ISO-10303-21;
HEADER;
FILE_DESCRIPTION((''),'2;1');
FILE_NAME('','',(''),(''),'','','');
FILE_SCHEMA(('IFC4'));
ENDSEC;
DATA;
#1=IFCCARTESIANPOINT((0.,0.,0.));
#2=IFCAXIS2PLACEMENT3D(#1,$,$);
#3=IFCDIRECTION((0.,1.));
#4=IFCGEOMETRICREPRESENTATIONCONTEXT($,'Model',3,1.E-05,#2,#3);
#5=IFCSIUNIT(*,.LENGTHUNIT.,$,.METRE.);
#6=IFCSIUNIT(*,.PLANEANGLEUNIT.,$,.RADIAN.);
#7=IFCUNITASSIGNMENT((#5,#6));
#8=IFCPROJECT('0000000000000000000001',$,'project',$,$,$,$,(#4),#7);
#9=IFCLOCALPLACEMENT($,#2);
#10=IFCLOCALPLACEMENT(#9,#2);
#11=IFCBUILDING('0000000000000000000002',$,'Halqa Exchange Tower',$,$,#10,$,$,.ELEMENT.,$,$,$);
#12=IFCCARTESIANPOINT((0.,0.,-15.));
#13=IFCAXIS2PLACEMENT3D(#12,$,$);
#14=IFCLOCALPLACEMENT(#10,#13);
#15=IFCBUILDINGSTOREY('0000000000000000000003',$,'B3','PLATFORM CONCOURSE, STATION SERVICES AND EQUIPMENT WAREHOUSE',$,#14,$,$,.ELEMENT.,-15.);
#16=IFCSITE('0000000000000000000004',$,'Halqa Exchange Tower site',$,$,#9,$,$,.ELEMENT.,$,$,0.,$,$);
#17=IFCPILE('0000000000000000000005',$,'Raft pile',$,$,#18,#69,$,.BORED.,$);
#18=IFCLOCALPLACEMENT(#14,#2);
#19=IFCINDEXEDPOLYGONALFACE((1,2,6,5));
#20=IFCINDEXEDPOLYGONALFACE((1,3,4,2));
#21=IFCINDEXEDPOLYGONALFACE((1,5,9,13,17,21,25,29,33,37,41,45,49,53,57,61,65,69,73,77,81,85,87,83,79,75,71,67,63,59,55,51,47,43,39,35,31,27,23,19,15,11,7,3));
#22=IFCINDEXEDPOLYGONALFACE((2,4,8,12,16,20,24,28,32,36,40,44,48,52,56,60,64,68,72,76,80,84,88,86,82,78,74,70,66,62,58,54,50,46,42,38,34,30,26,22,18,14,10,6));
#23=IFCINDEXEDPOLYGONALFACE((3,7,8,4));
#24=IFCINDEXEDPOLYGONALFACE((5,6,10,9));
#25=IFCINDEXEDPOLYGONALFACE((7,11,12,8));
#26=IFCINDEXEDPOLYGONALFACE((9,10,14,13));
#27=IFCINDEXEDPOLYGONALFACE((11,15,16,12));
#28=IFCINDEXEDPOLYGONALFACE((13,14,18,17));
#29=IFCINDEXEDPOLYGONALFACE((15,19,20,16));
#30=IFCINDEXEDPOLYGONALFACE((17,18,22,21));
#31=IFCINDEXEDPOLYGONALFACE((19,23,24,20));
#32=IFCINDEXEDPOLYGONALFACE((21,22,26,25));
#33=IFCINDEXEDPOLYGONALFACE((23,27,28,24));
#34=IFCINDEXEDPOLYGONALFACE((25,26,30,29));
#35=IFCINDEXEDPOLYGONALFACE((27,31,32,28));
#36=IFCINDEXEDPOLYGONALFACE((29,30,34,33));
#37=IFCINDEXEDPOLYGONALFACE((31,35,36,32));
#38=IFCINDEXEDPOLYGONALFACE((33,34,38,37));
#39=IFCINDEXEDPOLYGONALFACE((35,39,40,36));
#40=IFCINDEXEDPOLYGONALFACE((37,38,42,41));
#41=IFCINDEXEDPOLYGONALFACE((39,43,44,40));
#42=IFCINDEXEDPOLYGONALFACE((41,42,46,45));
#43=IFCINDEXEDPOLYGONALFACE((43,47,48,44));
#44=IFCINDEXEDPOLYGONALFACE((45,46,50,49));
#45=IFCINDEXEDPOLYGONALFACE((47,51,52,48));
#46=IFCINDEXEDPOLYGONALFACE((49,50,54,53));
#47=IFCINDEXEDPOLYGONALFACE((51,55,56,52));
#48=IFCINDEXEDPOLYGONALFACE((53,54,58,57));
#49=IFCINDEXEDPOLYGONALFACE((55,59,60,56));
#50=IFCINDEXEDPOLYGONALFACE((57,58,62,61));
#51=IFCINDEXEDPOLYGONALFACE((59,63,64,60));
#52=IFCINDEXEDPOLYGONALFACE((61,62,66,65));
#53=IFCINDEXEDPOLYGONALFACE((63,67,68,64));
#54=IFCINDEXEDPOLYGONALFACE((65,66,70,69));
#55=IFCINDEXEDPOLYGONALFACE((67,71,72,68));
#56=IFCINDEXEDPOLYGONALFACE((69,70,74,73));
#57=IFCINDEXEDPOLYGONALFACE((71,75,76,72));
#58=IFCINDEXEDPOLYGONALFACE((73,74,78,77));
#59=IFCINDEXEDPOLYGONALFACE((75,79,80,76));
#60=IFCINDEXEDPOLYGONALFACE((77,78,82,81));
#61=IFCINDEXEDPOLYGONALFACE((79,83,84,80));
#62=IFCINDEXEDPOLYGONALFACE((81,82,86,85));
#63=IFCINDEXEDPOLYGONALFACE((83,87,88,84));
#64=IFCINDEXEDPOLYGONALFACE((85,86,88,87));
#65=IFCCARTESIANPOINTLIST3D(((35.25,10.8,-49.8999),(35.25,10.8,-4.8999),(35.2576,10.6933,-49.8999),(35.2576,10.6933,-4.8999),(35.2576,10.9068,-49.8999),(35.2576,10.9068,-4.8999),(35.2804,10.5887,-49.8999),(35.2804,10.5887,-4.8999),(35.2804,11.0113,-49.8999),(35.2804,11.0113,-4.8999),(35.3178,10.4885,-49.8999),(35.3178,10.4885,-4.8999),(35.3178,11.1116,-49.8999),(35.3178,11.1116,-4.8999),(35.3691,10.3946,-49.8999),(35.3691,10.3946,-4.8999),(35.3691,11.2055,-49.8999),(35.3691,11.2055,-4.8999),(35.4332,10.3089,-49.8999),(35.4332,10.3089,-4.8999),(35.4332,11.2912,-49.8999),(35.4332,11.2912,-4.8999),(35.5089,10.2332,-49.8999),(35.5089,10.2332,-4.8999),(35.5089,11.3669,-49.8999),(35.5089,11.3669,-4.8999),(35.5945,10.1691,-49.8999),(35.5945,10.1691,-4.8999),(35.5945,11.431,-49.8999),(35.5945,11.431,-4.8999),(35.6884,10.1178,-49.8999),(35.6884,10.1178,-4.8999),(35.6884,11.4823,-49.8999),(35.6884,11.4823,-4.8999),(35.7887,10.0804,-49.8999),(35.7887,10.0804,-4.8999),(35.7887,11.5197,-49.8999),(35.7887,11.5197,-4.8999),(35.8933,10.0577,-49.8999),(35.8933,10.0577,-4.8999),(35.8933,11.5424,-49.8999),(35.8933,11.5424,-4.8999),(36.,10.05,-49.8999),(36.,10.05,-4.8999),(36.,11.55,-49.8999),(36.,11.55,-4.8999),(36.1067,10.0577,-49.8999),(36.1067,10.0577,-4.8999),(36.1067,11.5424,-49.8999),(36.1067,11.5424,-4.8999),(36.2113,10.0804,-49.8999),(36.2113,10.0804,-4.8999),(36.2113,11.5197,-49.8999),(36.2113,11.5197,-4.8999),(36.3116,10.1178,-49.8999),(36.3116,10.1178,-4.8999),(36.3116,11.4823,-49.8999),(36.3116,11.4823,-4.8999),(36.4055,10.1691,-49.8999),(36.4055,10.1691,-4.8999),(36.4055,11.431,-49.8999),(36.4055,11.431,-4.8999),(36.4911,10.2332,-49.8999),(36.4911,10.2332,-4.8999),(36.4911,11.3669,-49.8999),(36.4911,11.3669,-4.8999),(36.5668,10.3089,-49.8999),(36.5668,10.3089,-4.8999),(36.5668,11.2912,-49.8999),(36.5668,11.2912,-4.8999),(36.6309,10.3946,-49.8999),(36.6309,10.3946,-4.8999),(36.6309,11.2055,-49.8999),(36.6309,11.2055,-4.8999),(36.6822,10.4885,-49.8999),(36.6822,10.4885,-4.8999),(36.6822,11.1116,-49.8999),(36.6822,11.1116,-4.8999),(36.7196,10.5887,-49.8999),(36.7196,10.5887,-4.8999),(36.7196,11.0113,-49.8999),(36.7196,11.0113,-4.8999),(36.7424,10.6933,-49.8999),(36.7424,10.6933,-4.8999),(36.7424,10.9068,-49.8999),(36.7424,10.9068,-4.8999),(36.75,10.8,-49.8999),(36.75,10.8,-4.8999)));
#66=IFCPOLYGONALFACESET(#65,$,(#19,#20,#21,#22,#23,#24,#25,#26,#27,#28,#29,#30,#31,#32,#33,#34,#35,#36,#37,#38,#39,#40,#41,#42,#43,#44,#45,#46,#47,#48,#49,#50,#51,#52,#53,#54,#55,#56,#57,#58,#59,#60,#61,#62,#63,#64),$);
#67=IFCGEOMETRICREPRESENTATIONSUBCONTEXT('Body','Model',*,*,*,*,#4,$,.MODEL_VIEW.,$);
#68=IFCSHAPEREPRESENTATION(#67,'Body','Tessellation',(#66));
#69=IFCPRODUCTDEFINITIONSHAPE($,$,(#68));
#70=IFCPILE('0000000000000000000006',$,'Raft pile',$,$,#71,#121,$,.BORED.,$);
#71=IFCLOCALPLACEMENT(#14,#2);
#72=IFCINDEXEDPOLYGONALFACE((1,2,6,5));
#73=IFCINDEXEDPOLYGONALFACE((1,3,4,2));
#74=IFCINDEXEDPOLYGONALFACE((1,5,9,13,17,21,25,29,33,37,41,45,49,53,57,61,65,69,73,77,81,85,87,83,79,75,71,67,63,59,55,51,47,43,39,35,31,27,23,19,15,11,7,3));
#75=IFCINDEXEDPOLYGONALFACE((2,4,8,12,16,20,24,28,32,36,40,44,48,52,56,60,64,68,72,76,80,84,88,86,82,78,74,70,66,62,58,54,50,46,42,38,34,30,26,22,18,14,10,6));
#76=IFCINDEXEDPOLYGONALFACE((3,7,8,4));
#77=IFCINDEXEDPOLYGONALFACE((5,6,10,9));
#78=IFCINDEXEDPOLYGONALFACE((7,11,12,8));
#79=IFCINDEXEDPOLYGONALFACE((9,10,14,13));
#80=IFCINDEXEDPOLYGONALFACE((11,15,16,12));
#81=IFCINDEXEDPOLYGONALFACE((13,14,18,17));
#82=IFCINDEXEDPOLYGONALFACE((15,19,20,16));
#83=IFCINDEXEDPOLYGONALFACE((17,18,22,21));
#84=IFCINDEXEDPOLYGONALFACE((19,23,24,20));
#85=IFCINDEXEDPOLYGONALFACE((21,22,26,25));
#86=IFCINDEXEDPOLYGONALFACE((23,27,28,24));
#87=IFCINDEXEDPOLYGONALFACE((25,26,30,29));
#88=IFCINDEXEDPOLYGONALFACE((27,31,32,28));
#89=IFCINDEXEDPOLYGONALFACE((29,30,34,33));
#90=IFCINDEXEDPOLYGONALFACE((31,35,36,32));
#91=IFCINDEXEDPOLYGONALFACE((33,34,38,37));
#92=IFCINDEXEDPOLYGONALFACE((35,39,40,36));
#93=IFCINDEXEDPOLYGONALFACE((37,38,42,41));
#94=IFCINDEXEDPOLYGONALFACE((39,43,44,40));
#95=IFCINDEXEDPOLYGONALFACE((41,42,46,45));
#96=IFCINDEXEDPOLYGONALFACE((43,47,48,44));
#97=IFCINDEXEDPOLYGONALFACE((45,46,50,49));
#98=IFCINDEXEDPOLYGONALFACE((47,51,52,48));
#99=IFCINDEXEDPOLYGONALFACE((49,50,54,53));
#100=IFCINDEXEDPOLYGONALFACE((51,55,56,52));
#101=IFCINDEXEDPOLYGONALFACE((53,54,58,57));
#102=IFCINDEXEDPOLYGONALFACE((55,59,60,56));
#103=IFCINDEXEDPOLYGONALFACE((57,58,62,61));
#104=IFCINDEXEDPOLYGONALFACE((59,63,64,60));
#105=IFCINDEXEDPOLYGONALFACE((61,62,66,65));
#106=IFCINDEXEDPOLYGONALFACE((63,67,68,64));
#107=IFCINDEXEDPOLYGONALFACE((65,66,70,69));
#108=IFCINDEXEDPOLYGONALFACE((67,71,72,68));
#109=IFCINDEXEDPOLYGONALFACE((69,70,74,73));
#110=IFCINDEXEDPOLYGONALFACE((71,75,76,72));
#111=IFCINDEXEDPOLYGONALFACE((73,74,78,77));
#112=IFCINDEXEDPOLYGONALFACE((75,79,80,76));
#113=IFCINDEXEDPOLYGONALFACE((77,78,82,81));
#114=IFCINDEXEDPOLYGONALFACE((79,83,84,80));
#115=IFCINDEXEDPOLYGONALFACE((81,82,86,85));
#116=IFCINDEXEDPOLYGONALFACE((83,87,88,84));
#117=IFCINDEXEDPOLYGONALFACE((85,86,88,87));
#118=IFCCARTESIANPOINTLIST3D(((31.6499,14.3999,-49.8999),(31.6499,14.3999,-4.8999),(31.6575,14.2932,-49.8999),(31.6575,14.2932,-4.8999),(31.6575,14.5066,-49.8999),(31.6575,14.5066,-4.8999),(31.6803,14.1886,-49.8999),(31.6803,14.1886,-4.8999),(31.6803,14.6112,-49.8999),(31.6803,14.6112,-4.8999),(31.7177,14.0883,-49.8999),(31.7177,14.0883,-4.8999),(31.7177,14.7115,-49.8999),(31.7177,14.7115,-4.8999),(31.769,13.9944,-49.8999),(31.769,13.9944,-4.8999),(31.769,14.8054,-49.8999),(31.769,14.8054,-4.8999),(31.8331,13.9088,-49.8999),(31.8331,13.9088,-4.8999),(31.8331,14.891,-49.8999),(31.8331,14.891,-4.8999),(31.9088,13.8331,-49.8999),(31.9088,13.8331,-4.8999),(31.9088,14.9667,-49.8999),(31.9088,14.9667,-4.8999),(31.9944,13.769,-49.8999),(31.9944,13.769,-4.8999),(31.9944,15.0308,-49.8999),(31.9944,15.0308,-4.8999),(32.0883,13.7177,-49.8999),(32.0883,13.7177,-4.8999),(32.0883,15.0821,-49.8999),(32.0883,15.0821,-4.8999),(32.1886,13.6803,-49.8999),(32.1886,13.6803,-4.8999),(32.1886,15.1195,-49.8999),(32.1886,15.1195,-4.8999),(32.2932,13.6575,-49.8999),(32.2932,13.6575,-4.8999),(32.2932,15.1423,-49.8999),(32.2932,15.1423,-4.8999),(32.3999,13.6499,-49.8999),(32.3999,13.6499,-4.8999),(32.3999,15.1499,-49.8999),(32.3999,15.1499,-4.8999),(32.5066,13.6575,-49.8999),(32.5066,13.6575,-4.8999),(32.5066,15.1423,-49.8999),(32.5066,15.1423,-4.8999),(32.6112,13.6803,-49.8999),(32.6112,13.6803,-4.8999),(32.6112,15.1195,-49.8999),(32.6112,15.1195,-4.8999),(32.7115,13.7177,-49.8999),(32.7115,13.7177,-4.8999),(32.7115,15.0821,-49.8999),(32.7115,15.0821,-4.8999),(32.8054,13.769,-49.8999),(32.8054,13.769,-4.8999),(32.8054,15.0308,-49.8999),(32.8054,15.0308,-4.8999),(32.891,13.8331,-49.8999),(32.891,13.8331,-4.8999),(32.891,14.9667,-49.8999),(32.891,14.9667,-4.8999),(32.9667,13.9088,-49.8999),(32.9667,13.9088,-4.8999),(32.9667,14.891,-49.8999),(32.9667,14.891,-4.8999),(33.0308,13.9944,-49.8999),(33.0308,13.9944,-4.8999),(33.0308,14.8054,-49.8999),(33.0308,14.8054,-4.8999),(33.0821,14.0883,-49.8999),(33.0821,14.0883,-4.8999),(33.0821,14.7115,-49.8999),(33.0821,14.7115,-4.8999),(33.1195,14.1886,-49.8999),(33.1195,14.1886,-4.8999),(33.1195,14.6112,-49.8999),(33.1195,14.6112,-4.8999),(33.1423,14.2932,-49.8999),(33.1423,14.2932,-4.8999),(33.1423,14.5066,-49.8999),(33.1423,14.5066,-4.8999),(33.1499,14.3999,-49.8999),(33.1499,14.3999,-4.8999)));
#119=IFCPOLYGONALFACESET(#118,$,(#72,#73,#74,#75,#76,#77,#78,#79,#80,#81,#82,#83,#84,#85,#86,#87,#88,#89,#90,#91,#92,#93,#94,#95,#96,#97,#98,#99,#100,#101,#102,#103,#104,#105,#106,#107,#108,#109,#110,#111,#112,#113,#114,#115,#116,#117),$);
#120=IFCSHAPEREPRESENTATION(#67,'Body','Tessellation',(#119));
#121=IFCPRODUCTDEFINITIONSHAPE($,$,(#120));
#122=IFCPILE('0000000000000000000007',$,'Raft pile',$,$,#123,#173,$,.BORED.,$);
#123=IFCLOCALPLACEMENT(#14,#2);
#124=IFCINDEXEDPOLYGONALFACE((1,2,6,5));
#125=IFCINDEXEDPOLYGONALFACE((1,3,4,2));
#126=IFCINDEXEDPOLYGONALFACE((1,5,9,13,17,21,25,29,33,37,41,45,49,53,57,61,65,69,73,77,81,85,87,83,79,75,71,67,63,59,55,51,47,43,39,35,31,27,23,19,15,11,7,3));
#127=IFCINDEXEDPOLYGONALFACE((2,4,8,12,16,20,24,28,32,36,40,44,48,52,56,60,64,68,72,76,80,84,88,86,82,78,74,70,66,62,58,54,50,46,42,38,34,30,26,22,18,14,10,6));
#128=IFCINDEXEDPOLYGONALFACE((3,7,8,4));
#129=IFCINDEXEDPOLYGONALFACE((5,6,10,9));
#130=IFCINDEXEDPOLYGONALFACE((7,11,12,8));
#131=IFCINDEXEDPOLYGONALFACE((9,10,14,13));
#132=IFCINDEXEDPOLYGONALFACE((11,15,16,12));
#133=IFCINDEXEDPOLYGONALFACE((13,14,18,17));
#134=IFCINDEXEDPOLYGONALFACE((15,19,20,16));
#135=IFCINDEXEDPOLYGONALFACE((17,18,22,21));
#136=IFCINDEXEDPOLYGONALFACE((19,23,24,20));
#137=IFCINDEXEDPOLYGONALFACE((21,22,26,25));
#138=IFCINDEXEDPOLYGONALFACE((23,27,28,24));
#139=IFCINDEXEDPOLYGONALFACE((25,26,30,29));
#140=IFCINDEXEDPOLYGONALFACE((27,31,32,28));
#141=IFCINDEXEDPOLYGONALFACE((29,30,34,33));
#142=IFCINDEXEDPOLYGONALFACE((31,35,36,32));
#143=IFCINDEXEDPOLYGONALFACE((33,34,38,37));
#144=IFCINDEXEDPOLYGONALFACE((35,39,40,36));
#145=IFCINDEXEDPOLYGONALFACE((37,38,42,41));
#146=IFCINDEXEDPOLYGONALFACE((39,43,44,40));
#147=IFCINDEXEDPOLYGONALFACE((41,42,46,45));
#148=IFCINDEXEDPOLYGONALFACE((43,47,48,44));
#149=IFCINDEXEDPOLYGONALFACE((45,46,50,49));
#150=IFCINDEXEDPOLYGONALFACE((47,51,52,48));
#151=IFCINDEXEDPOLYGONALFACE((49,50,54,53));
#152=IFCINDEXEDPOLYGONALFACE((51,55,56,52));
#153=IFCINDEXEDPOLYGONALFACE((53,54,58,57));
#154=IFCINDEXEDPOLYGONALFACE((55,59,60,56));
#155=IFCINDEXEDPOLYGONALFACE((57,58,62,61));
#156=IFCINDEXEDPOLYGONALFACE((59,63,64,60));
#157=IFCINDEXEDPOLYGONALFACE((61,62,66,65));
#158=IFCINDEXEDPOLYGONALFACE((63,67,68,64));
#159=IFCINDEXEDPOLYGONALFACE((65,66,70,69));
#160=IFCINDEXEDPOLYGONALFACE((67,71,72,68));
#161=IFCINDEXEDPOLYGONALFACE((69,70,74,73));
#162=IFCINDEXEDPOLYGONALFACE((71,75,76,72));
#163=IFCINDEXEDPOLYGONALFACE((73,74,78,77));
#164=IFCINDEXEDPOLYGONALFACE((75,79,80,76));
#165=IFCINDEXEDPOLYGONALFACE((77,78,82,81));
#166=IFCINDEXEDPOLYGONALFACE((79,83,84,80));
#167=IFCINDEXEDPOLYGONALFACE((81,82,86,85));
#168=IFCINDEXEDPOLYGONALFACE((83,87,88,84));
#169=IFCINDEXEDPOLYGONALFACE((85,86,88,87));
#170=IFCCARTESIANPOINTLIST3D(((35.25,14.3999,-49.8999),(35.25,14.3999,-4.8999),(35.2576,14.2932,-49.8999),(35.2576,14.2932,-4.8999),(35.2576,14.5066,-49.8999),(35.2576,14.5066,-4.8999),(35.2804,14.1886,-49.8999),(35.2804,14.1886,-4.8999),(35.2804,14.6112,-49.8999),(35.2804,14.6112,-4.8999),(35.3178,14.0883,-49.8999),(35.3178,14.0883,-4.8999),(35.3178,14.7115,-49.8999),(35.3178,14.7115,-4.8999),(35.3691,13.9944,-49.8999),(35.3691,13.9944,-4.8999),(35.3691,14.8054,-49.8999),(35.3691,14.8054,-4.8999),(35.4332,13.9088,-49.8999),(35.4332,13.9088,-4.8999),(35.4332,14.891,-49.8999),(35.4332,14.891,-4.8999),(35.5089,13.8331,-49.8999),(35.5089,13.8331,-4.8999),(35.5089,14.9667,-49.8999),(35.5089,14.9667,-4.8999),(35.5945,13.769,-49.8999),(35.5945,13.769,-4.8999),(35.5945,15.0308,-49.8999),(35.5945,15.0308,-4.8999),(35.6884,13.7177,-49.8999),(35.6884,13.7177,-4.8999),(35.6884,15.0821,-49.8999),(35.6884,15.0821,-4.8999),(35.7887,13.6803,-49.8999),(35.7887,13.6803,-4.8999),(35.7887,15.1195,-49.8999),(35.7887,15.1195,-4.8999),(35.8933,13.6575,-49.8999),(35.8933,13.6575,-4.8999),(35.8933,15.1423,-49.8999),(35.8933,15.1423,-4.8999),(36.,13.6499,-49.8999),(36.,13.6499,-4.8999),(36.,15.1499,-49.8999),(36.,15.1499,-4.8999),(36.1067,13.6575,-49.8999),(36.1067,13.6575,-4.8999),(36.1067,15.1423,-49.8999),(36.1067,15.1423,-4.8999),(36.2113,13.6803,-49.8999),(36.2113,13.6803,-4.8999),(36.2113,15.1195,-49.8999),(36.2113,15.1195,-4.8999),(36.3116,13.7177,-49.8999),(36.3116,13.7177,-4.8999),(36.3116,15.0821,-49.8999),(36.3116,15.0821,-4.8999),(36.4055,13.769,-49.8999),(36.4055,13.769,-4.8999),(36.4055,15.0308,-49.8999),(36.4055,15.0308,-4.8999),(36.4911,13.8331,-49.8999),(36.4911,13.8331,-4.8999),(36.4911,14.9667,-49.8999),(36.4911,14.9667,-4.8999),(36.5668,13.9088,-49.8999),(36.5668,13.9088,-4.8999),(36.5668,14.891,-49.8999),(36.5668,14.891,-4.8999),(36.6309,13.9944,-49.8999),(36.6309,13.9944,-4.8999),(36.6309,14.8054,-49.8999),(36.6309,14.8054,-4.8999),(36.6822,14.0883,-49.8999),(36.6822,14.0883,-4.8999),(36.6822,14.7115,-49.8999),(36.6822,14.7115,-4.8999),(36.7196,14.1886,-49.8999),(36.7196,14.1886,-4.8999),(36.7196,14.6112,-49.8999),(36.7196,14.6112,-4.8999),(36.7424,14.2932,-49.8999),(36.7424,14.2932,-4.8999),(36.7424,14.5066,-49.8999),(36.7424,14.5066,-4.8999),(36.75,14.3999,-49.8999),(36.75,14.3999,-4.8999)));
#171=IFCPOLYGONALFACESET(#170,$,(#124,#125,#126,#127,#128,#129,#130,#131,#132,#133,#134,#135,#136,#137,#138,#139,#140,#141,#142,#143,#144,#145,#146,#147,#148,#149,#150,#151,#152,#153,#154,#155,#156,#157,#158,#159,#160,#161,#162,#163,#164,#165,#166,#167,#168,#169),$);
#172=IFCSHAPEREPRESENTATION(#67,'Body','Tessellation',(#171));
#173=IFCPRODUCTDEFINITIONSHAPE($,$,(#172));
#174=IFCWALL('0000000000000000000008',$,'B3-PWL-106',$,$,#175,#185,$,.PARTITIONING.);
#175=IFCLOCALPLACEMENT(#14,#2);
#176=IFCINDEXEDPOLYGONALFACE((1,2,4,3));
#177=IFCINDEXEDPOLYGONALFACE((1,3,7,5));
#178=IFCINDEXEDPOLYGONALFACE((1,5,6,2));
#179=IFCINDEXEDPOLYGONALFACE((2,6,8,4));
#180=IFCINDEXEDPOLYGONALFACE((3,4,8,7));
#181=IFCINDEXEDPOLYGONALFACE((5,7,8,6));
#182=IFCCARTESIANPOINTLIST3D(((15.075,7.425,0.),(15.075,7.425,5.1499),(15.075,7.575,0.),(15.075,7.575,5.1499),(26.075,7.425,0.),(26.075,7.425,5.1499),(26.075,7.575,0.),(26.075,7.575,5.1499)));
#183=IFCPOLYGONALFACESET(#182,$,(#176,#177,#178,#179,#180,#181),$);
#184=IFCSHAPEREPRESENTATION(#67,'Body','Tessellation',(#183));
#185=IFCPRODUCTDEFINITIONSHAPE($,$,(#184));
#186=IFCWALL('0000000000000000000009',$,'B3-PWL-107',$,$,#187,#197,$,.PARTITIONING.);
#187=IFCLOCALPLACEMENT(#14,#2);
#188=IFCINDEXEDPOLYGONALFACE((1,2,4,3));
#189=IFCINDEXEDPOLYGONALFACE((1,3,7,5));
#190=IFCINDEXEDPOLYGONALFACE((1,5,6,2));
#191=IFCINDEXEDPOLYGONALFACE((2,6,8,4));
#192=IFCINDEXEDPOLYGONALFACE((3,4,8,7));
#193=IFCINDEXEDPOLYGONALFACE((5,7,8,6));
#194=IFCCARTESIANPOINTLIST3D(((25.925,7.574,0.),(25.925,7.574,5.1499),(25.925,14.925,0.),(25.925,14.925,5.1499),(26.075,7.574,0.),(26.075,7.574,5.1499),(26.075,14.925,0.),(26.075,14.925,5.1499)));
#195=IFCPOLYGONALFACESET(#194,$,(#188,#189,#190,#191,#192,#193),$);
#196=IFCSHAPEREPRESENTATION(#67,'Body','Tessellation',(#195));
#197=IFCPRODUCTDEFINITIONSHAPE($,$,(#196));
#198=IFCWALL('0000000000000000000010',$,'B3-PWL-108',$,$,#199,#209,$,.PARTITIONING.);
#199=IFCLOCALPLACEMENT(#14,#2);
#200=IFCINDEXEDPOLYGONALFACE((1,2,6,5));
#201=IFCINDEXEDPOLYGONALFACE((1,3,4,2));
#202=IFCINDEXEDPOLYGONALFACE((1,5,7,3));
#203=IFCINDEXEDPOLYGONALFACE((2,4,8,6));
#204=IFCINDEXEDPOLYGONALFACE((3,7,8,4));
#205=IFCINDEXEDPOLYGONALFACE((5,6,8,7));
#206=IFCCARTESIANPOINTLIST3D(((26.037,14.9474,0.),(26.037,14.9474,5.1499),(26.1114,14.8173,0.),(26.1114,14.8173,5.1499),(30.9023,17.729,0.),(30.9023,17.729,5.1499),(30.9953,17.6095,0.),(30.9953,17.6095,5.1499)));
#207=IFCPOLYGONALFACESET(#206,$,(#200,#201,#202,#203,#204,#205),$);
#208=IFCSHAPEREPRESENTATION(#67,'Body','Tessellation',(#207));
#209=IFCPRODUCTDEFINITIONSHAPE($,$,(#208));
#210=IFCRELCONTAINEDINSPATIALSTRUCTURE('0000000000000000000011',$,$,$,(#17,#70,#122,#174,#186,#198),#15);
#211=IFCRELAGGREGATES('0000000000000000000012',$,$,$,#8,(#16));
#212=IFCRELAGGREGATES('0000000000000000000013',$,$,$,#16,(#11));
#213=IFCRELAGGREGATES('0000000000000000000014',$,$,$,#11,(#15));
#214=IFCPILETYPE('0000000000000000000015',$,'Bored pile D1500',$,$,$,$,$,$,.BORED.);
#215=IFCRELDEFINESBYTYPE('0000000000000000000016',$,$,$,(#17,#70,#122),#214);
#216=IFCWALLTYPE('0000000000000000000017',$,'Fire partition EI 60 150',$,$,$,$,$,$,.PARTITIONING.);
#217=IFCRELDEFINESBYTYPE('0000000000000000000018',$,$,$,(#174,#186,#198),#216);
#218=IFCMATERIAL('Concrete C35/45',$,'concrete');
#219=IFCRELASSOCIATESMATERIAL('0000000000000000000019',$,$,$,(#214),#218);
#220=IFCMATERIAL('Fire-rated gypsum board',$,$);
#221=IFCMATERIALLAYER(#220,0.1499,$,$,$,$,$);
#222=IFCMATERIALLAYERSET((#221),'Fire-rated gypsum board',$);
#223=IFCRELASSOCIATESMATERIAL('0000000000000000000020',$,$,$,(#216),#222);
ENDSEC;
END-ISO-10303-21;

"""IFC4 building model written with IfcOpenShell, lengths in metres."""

from ifc_helpers import new_model, si_unit, direction, frame, frame_2d, origin, origin_2d, place, context, subcontext, project, spatial, polyline, rectangle, circle, outline, extrude, material, layer, layer_set, material_profile, profile_set, type_object, element, save


model = new_model("IFC4")

# Units and contexts
model_context = context("Model", 3, precision=1e-05, world=origin(), true_north=direction((0.0, 1.0)))
body_context = subcontext(model_context, "Body", "Model", "MODEL_VIEW")
ifc_project = project(units=[si_unit("LENGTHUNIT", "METRE"), si_unit("PLANEANGLEUNIT", "RADIAN")], contexts=[model_context])

# Site, building, storey
site_placement = place(None, origin())
site = spatial("IfcSite", under=ifc_project, at=site_placement, Name="Halqa Exchange Tower site", CompositionType="ELEMENT", RefElevation=0.0)
building_placement = place(site_placement, origin())
building = spatial("IfcBuilding", under=site, at=building_placement, Name="Halqa Exchange Tower", CompositionType="ELEMENT")
storey_placement = place(building_placement, frame((0.0, 0.0, -15.0)))
storey = spatial("IfcBuildingStorey", under=building, at=storey_placement, Name="B3", Description="PLATFORM CONCOURSE, STATION SERVICES AND EQUIPMENT WAREHOUSE", CompositionType="ELEMENT", Elevation=-15.0)

# Piles
ifc_material_1 = material(Name="Concrete C35/45", Category="concrete")
ifc_material_profile_1 = material_profile(ifc_material_1, circle(Radius=0.75, at=origin_2d()), Name="D1500")
ifc_profile_set_1 = profile_set([ifc_material_profile_1], Name="Concrete C35/45")
pile_type_1 = type_object("IfcPileType", Name="Bored pile D1500", PredefinedType="BORED", material=ifc_profile_set_1)
for number, where, z_axis, x_axis, name in (
    (1, (36.0, 10.8, -4.8999), (0.0, 0.0, -1.0), (1.0, 0.0, 0.0), "Raft pile"),
    (2, (32.3999, 14.3999, -4.8999), (0.0, 0.0, -1.0), (1.0, 0.0, 0.0), "Raft pile"),
    (3, (36.0, 14.3999, -4.8999), (0.0, 0.0, -1.0), (1.0, 0.0, 0.0), "Raft pile"),
):
    element("IfcPile", number, at=place(storey_placement, frame(where, z_axis=z_axis, x_axis=x_axis)), inside=storey, type_object=pile_type_1, Name=name, PredefinedType="BORED", context=body_context, shape_type="SweptSolid", body=[
        extrude(circle(Radius=0.75, at=origin_2d()), origin(), (0.0, 0.0, 1.0), 45.0),
    ])

# Walls
ifc_material_2 = material(Name="Fire-rated gypsum board")
ifc_layer_1 = layer(ifc_material_2, 0.1499)
ifc_layer_set_1 = layer_set([ifc_layer_1], Name="Fire-rated gypsum board")
wall_type_1 = type_object("IfcWallType", Name="Fire partition EI 60 150", PredefinedType="PARTITIONING", material=ifc_layer_set_1)
wall_1_placement = place(storey_placement, frame((26.075, 7.5, 0.0), z_axis=(0.0, 0.0, 1.0), x_axis=(-1.0, 0.0, 0.0)))
element("IfcWall", 4, at=wall_1_placement, inside=storey, type_object=wall_type_1, Name="B3-PWL-106", PredefinedType="PARTITIONING", context=body_context, shape_type="SweptSolid", body=[
    extrude(rectangle(XDim=11.0, YDim=0.1499, at=frame_2d((5.5, 0.0))), origin(), (0.0, 0.0, 1.0), 5.1499),
])
wall_2_placement = place(storey_placement, frame((26.0, 7.574, 0.0), z_axis=(0.0, 0.0, 1.0), x_axis=(0.0, 1.0, 0.0)))
element("IfcWall", 5, at=wall_2_placement, inside=storey, type_object=wall_type_1, Name="B3-PWL-107", PredefinedType="PARTITIONING", context=body_context, shape_type="SweptSolid", body=[
    extrude(rectangle(XDim=7.3511, YDim=0.1499, at=frame_2d((3.6755, 0.0))), origin(), (0.0, 0.0, 1.0), 5.1499),
])
wall_3_placement = place(storey_placement, frame((26.0742, 14.8823, 0.0), z_axis=(0.0, 0.0, 1.0), x_axis=(0.868133, 0.496331, 0.0)))
element("IfcWall", 6, at=wall_3_placement, inside=storey, type_object=wall_type_1, Name="B3-PWL-108", PredefinedType="PARTITIONING", context=body_context, shape_type="SweptSolid", body=[
    extrude(outline(polyline([(0.0, -0.075), (5.6257, -0.075), (5.6042, 0.075), (0.0, 0.075), (0.0, -0.075)])), origin(), (0.0, 0.0, 1.0), 5.1499),
])

save(model, "model.ifc")
